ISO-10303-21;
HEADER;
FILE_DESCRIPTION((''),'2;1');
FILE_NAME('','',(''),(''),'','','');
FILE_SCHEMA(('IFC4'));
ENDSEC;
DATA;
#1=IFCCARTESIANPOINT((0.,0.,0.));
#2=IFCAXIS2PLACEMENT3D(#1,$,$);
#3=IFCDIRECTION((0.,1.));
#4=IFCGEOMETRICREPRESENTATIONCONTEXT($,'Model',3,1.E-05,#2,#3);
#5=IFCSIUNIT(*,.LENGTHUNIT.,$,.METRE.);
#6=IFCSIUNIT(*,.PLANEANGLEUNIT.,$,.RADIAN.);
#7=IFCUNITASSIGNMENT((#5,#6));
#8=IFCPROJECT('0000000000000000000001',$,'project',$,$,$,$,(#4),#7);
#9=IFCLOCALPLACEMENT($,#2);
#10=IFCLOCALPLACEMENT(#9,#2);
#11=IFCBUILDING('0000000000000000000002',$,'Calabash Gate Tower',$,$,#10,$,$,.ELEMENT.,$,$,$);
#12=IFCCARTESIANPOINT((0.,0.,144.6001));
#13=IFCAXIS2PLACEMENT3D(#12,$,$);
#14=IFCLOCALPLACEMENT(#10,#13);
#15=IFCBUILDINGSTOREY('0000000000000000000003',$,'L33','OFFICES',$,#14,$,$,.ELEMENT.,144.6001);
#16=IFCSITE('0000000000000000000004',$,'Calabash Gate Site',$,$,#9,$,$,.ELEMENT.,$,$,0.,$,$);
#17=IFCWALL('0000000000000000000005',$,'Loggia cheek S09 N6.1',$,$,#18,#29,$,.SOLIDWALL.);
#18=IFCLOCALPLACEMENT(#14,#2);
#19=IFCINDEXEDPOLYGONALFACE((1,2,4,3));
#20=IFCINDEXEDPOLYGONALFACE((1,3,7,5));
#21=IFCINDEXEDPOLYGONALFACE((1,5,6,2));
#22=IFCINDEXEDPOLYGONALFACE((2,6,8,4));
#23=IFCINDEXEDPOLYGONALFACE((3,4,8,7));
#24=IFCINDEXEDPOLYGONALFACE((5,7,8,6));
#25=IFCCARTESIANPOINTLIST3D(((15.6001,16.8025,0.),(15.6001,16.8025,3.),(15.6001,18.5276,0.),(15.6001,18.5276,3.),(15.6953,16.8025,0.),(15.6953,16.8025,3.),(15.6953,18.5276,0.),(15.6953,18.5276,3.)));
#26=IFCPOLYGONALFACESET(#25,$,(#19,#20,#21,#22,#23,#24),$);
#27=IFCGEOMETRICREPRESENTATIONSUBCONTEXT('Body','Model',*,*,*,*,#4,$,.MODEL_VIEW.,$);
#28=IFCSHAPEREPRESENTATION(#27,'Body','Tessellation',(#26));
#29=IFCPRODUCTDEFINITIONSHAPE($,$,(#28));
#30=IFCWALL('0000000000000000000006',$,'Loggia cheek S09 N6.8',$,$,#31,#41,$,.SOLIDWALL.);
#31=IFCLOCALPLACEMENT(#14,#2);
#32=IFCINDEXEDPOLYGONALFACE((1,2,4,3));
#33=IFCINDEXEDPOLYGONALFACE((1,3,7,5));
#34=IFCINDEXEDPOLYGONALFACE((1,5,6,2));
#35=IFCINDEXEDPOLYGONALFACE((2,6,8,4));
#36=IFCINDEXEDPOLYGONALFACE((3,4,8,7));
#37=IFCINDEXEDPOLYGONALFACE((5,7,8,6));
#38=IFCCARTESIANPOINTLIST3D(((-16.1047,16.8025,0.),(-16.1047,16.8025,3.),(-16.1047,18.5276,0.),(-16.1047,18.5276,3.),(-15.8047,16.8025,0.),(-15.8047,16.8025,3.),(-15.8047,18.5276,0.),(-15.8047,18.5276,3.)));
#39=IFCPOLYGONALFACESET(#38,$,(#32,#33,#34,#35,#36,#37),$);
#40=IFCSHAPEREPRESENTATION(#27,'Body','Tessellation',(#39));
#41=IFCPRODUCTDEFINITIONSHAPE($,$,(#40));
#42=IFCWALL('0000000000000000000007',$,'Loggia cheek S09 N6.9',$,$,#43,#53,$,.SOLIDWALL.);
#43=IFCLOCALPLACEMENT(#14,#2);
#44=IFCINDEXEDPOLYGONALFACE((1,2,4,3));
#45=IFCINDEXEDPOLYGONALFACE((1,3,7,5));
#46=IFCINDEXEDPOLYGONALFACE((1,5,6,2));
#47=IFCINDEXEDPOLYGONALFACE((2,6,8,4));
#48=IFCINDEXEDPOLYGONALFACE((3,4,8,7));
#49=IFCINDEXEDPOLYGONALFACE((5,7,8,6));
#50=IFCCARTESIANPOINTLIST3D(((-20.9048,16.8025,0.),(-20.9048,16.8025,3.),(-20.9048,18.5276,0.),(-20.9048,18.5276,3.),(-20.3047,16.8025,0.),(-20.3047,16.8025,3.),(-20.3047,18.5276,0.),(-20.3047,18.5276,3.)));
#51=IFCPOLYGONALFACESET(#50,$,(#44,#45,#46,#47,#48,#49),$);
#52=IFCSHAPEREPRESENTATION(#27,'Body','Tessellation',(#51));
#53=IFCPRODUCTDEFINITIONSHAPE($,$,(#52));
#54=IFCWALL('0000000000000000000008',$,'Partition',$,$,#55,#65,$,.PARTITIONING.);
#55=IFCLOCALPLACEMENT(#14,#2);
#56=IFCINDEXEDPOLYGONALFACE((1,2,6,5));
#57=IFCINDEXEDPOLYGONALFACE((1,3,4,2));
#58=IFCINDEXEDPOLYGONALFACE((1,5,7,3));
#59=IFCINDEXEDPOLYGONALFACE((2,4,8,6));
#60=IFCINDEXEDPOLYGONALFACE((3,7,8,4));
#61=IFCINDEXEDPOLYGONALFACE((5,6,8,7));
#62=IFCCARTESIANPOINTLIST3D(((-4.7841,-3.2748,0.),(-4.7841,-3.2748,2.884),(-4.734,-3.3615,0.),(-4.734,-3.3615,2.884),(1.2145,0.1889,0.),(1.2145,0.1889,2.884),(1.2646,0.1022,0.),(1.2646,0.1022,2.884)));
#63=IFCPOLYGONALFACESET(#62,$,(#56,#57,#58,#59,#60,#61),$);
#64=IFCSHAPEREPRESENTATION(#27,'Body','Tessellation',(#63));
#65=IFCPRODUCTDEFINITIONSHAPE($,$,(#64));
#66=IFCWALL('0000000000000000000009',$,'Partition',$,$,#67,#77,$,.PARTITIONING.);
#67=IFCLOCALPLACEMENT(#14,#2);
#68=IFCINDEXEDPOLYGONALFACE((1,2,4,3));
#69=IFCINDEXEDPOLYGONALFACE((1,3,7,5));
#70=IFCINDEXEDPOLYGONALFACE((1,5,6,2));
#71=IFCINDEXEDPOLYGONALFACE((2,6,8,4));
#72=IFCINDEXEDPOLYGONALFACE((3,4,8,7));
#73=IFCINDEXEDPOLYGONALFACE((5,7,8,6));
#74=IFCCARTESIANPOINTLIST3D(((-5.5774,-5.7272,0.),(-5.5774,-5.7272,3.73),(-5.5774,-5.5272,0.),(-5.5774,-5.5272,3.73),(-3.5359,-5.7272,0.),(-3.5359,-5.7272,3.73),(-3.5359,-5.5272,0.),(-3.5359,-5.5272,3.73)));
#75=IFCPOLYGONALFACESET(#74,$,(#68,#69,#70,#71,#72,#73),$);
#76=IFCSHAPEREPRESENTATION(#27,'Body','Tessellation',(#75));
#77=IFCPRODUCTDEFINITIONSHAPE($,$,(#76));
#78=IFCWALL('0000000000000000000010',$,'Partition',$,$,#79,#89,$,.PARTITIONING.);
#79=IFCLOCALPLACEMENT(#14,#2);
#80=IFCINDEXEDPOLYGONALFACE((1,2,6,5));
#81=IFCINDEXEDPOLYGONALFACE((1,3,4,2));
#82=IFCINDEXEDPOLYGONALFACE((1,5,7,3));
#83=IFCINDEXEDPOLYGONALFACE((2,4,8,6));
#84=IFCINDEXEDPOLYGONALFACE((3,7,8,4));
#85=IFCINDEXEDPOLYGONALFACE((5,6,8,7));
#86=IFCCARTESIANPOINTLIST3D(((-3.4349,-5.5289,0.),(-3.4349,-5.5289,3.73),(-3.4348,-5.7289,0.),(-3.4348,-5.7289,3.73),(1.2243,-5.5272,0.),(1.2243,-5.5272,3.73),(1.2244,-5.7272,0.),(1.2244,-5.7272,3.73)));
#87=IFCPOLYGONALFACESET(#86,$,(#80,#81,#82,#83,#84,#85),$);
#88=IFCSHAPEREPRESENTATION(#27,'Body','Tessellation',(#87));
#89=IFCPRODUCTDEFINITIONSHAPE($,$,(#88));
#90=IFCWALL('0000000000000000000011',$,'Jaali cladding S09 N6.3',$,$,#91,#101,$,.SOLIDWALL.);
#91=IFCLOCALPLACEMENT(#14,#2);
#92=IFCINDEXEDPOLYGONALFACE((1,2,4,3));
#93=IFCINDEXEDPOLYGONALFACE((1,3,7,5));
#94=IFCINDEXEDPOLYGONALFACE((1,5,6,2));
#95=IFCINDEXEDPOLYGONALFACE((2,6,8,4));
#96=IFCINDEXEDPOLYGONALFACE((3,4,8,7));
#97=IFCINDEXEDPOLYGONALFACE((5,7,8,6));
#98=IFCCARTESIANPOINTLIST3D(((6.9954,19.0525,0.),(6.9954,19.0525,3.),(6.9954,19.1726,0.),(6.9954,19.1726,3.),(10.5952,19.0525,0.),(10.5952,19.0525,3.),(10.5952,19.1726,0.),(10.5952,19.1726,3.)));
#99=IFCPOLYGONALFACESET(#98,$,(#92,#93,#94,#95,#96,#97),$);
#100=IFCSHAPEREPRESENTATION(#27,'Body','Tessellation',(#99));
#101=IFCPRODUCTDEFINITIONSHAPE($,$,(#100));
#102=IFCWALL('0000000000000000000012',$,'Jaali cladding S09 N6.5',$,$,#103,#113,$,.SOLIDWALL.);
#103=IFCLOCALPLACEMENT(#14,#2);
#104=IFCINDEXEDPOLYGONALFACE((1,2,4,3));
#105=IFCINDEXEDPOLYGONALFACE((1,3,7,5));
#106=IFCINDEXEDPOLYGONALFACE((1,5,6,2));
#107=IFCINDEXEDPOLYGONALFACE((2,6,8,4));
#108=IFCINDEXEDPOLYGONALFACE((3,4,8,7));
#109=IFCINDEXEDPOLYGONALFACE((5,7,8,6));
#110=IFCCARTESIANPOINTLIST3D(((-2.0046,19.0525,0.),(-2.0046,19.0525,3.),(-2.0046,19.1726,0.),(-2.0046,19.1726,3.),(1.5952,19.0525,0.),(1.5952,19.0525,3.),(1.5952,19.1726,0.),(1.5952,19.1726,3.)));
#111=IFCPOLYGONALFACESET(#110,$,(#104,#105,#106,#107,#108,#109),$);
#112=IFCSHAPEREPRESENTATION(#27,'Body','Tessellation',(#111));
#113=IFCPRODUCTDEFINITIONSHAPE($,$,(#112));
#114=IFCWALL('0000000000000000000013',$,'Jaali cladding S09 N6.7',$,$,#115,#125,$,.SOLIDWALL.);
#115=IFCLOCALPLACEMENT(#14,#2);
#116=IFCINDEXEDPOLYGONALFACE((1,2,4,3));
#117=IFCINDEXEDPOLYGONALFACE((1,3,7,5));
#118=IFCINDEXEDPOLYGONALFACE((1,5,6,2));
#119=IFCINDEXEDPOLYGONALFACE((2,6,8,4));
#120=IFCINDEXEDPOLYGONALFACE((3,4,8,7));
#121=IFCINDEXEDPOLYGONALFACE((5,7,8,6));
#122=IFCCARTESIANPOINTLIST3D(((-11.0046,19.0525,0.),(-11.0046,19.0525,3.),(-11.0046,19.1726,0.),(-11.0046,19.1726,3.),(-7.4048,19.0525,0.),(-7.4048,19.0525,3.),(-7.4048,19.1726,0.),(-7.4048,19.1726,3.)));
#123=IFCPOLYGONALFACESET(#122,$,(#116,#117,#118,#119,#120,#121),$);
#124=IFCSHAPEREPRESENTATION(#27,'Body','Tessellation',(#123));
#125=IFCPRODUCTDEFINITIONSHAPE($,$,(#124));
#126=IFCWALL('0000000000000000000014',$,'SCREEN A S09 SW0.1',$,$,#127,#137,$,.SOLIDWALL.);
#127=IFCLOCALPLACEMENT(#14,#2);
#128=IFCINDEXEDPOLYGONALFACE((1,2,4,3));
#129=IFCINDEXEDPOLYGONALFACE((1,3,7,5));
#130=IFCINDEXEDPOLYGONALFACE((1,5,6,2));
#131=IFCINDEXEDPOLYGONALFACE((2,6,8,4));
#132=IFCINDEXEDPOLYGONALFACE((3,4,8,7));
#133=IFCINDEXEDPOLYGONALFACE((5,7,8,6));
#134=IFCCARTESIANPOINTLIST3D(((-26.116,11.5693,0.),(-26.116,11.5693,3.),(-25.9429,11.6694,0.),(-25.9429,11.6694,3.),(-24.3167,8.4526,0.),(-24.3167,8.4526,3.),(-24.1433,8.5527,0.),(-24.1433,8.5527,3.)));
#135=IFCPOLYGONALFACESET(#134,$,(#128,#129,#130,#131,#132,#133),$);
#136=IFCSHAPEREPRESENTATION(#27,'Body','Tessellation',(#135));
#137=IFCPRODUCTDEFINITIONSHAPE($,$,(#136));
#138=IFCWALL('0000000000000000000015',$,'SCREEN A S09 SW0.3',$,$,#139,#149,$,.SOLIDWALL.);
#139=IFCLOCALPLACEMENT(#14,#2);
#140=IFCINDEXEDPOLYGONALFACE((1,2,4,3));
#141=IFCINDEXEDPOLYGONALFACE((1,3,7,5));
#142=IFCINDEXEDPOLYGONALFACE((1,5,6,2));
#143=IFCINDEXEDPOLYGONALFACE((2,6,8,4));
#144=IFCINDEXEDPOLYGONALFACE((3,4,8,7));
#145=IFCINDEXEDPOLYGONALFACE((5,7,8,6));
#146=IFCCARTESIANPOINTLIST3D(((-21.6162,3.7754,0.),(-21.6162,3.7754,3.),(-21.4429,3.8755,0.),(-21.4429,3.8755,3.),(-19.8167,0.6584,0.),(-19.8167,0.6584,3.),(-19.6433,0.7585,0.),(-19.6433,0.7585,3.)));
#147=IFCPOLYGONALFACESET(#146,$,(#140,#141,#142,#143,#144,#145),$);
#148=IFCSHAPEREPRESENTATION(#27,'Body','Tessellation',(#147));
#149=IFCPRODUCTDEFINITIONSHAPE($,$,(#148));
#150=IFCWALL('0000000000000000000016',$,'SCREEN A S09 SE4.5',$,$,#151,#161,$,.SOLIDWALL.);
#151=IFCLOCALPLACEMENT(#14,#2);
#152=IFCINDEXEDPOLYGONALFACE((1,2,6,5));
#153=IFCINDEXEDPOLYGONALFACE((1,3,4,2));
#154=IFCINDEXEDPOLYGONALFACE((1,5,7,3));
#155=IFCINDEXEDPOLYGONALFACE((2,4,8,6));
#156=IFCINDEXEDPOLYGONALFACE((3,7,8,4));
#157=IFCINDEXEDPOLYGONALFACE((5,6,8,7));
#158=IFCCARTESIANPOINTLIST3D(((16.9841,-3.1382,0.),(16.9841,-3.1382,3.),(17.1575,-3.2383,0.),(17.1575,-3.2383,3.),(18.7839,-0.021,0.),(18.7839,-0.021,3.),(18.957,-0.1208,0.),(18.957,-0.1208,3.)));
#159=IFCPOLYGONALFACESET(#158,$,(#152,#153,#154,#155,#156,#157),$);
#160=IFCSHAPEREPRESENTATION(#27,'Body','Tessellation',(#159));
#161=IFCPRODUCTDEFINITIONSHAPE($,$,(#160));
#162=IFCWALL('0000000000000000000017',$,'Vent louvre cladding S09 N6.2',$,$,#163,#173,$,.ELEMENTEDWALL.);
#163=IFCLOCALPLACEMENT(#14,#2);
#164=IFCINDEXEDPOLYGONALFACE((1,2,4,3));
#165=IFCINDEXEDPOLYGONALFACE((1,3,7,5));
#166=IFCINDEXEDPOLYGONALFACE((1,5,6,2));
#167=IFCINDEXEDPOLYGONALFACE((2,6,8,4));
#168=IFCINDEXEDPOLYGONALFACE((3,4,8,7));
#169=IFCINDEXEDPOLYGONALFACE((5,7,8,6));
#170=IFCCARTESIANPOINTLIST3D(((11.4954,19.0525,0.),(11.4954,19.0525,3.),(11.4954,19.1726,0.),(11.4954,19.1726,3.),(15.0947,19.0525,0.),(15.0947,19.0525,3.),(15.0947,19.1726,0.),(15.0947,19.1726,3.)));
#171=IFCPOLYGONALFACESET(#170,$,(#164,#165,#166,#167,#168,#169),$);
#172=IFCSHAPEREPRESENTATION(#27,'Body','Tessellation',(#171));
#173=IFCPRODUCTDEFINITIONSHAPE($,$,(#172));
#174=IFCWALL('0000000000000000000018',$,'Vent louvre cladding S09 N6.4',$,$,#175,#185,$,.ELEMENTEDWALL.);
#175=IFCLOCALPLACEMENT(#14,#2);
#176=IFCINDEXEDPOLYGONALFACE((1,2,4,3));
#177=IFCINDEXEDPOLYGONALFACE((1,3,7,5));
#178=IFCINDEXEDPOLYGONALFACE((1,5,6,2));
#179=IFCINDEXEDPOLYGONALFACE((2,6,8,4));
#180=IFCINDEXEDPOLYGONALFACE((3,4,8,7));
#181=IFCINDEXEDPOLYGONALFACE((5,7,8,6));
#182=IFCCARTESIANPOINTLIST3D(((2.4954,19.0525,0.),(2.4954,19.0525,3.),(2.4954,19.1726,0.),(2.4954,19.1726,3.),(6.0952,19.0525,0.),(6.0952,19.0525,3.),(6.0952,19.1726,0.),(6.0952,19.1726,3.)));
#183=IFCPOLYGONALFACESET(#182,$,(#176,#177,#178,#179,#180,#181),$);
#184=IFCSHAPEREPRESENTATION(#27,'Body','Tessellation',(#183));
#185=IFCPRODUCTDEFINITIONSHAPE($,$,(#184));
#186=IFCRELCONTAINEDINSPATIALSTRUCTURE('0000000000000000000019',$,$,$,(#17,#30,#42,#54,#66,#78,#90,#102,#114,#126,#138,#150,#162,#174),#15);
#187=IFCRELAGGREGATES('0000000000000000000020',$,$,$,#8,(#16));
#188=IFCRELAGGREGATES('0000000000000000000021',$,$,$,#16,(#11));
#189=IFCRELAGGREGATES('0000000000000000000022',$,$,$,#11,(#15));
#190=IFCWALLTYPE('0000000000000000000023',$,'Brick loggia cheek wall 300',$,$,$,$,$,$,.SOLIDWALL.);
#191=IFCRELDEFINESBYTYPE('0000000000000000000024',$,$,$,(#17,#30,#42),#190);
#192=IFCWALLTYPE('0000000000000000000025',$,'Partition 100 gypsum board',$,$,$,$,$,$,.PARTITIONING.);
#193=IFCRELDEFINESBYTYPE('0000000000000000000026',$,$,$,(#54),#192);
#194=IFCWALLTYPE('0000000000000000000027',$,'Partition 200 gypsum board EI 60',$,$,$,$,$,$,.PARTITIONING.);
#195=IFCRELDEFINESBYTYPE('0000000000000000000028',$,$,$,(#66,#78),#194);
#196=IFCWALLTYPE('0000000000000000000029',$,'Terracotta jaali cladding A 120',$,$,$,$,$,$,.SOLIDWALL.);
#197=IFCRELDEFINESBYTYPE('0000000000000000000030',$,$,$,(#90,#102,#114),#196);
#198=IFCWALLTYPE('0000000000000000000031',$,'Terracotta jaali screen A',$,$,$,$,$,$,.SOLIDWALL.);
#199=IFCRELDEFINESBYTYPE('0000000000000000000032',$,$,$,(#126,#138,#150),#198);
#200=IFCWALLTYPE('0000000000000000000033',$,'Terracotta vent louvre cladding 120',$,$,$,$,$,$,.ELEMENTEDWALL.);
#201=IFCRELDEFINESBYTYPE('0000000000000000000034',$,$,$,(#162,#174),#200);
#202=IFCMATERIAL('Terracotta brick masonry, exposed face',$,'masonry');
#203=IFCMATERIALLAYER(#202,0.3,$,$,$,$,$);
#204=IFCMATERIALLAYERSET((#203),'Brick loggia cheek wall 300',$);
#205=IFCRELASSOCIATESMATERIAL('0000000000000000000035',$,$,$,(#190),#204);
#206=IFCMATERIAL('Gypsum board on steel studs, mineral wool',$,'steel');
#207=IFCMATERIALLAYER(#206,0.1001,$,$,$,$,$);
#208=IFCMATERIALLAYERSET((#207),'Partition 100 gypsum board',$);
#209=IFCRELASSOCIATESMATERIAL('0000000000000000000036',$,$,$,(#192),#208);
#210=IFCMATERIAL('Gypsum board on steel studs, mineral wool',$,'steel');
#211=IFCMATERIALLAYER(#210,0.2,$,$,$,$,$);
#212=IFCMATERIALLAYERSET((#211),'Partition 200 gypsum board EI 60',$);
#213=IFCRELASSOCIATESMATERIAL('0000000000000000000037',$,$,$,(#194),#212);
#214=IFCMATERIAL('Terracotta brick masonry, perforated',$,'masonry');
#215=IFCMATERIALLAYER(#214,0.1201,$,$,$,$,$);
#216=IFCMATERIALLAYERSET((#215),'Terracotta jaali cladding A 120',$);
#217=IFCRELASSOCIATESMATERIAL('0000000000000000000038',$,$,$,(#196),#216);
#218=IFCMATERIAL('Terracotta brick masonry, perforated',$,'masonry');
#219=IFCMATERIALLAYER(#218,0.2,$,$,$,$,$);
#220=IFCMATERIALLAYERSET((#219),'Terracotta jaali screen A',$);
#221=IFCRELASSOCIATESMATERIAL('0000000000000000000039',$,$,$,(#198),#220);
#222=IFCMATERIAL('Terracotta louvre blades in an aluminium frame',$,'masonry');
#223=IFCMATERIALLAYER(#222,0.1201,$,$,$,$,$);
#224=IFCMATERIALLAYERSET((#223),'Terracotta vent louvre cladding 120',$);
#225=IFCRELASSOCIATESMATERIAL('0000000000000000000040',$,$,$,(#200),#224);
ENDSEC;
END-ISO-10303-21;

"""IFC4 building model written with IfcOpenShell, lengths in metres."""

from ifc_helpers import new_model, si_unit, direction, frame, frame_2d, origin, place, context, subcontext, project, spatial, polyline, rectangle, outline, extrude, material, layer, layer_set, type_object, element, save


model = new_model("IFC4")

# Units and contexts
model_context = context("Model", 3, precision=1e-05, world=origin(), true_north=direction((0.0, 1.0)))
body_context = subcontext(model_context, "Body", "Model", "MODEL_VIEW")
ifc_project = project(units=[si_unit("LENGTHUNIT", "METRE"), si_unit("PLANEANGLEUNIT", "RADIAN")], contexts=[model_context])

# Site, building, storey
site_placement = place(None, origin())
site = spatial("IfcSite", under=ifc_project, at=site_placement, Name="Calabash Gate Site", CompositionType="ELEMENT", RefElevation=0.0)
building_placement = place(site_placement, origin())
building = spatial("IfcBuilding", under=site, at=building_placement, Name="Calabash Gate Tower", CompositionType="ELEMENT")
storey_placement = place(building_placement, frame((0.0, 0.0, 144.6001)))
storey = spatial("IfcBuildingStorey", under=building, at=storey_placement, Name="L33", Description="OFFICES", CompositionType="ELEMENT", Elevation=144.6001)

# Walls
ifc_material_1 = material(Name="Terracotta brick masonry, exposed face", Category="masonry")
ifc_layer_1 = layer(ifc_material_1, 0.3)
ifc_layer_set_1 = layer_set([ifc_layer_1], Name="Brick loggia cheek wall 300")
wall_type_1 = type_object("IfcWallType", Name="Brick loggia cheek wall 300", PredefinedType="SOLIDWALL", material=ifc_layer_set_1)
wall_1_placement = place(storey_placement, origin())
element("IfcWall", 1, at=wall_1_placement, inside=storey, type_object=wall_type_1, Name="Loggia cheek S09 N6.1", PredefinedType="SOLIDWALL", context=body_context, shape_type="SweptSolid", body=[
    extrude(outline(polyline([(15.6953, 18.5276), (15.6001, 18.5276), (15.6001, 16.8025), (15.6953, 16.8025), (15.6953, 18.5276)])), origin(), (0.0, 0.0, 1.0), 3.0),
])
wall_2_placement = place(storey_placement, origin())
element("IfcWall", 2, at=wall_2_placement, inside=storey, type_object=wall_type_1, Name="Loggia cheek S09 N6.8", PredefinedType="SOLIDWALL", context=body_context, shape_type="SweptSolid", body=[
    extrude(outline(polyline([(-15.8047, 16.8025), (-15.8047, 18.5276), (-16.1047, 18.5276), (-16.1047, 16.8025), (-15.8047, 16.8025)])), origin(), (0.0, 0.0, 1.0), 3.0),
])
wall_3_placement = place(storey_placement, origin())
element("IfcWall", 3, at=wall_3_placement, inside=storey, type_object=wall_type_1, Name="Loggia cheek S09 N6.9", PredefinedType="SOLIDWALL", context=body_context, shape_type="SweptSolid", body=[
    extrude(outline(polyline([(-20.9048, 18.5276), (-20.9048, 16.8025), (-20.3047, 16.8025), (-20.3047, 18.5276), (-20.9048, 18.5276)])), origin(), (0.0, 0.0, 1.0), 3.0),
])
ifc_material_2 = material(Name="Gypsum board on steel studs, mineral wool", Category="steel")
ifc_layer_2 = layer(ifc_material_2, 0.1001)
ifc_layer_set_2 = layer_set([ifc_layer_2], Name="Partition 100 gypsum board")
wall_type_2 = type_object("IfcWallType", Name="Partition 100 gypsum board", PredefinedType="PARTITIONING", material=ifc_layer_set_2)
wall_4_placement = place(storey_placement, frame((-4.759, -3.3181, 0.0), z_axis=(0.0, 0.0, 1.0), x_axis=(0.866002, 0.50004, 0.0)))
element("IfcWall", 4, at=wall_4_placement, inside=storey, type_object=wall_type_2, Name="Partition", PredefinedType="PARTITIONING", context=body_context, shape_type="SweptSolid", body=[
    extrude(rectangle(XDim=6.9268, YDim=0.1001, at=frame_2d((3.4634, 0.0))), origin(), (0.0, 0.0, 1.0), 2.884),
])
ifc_material_3 = material(Name="Gypsum board on steel studs, mineral wool", Category="steel")
ifc_layer_3 = layer(ifc_material_3, 0.2)
ifc_layer_set_3 = layer_set([ifc_layer_3], Name="Partition 200 gypsum board EI 60")
wall_type_3 = type_object("IfcWallType", Name="Partition 200 gypsum board EI 60", PredefinedType="PARTITIONING", material=ifc_layer_set_3)
wall_5_placement = place(storey_placement, frame((-5.5774, -5.6272, 0.0), z_axis=(0.0, 0.0, 1.0), x_axis=(1.0, 0.0, 0.0)))
element("IfcWall", 5, at=wall_5_placement, inside=storey, type_object=wall_type_3, Name="Partition", PredefinedType="PARTITIONING", context=body_context, shape_type="SweptSolid", body=[
    extrude(rectangle(XDim=2.0415, YDim=0.2, at=frame_2d((1.0208, 0.0))), origin(), (0.0, 0.0, 1.0), 3.73),
])
wall_6_placement = place(storey_placement, frame((-3.4348, -5.6289, 0.0), z_axis=(0.0, 0.0, 1.0), x_axis=(1.0, 0.000367, 0.0)))
element("IfcWall", 6, at=wall_6_placement, inside=storey, type_object=wall_type_3, Name="Partition", PredefinedType="PARTITIONING", context=body_context, shape_type="SweptSolid", body=[
    extrude(rectangle(XDim=4.6592, YDim=0.2, at=frame_2d((2.3296, 0.0))), origin(), (0.0, 0.0, 1.0), 3.73),
])
ifc_material_4 = material(Name="Terracotta brick masonry, perforated", Category="masonry")
ifc_layer_4 = layer(ifc_material_4, 0.1201)
ifc_layer_set_4 = layer_set([ifc_layer_4], Name="Terracotta jaali cladding A 120")
wall_type_4 = type_object("IfcWallType", Name="Terracotta jaali cladding A 120", PredefinedType="SOLIDWALL", material=ifc_layer_set_4)
wall_7_placement = place(storey_placement, origin())
element("IfcWall", 7, at=wall_7_placement, inside=storey, type_object=wall_type_4, Name="Jaali cladding S09 N6.3", PredefinedType="SOLIDWALL", context=body_context, shape_type="SweptSolid", body=[
    extrude(outline(polyline([(6.9954, 19.1726), (6.9954, 19.0525), (10.5952, 19.0525), (10.5952, 19.1726), (6.9954, 19.1726)])), origin(), (0.0, 0.0, 1.0), 3.0),
])
wall_8_placement = place(storey_placement, origin())
element("IfcWall", 8, at=wall_8_placement, inside=storey, type_object=wall_type_4, Name="Jaali cladding S09 N6.5", PredefinedType="SOLIDWALL", context=body_context, shape_type="SweptSolid", body=[
    extrude(outline(polyline([(-2.0046, 19.1726), (-2.0046, 19.0525), (1.5952, 19.0525), (1.5952, 19.1726), (-2.0046, 19.1726)])), origin(), (0.0, 0.0, 1.0), 3.0),
])
wall_9_placement = place(storey_placement, origin())
element("IfcWall", 9, at=wall_9_placement, inside=storey, type_object=wall_type_4, Name="Jaali cladding S09 N6.7", PredefinedType="SOLIDWALL", context=body_context, shape_type="SweptSolid", body=[
    extrude(outline(polyline([(-11.0046, 19.1726), (-11.0046, 19.0525), (-7.4048, 19.0525), (-7.4048, 19.1726), (-11.0046, 19.1726)])), origin(), (0.0, 0.0, 1.0), 3.0),
])
ifc_material_5 = material(Name="Terracotta brick masonry, perforated", Category="masonry")
ifc_layer_5 = layer(ifc_material_5, 0.2)
ifc_layer_set_5 = layer_set([ifc_layer_5], Name="Terracotta jaali screen A")
wall_type_5 = type_object("IfcWallType", Name="Terracotta jaali screen A", PredefinedType="SOLIDWALL", material=ifc_layer_set_5)
wall_10_placement = place(storey_placement, origin())
element("IfcWall", 10, at=wall_10_placement, inside=storey, type_object=wall_type_5, Name="SCREEN A S09 SW0.1", PredefinedType="SOLIDWALL", context=body_context, shape_type="SweptSolid", body=[
    extrude(outline(polyline([(-24.1433, 8.5527), (-25.9429, 11.6694), (-26.116, 11.5693), (-24.3167, 8.4526), (-24.1433, 8.5527)])), origin(), (0.0, 0.0, 1.0), 3.0),
])
wall_11_placement = place(storey_placement, origin())
element("IfcWall", 11, at=wall_11_placement, inside=storey, type_object=wall_type_5, Name="SCREEN A S09 SW0.3", PredefinedType="SOLIDWALL", context=body_context, shape_type="SweptSolid", body=[
    extrude(outline(polyline([(-19.6433, 0.7585), (-21.4429, 3.8755), (-21.6162, 3.7754), (-19.8167, 0.6584), (-19.6433, 0.7585)])), origin(), (0.0, 0.0, 1.0), 3.0),
])
wall_12_placement = place(storey_placement, origin())
element("IfcWall", 12, at=wall_12_placement, inside=storey, type_object=wall_type_5, Name="SCREEN A S09 SE4.5", PredefinedType="SOLIDWALL", context=body_context, shape_type="SweptSolid", body=[
    extrude(outline(polyline([(18.7839, -0.021), (16.9841, -3.1382), (17.1575, -3.2383), (18.957, -0.1208), (18.7839, -0.021)])), origin(), (0.0, 0.0, 1.0), 3.0),
])
ifc_material_6 = material(Name="Terracotta louvre blades in an aluminium frame", Category="masonry")
ifc_layer_6 = layer(ifc_material_6, 0.1201)
ifc_layer_set_6 = layer_set([ifc_layer_6], Name="Terracotta vent louvre cladding 120")
wall_type_6 = type_object("IfcWallType", Name="Terracotta vent louvre cladding 120", PredefinedType="ELEMENTEDWALL", material=ifc_layer_set_6)
wall_13_placement = place(storey_placement, origin())
element("IfcWall", 13, at=wall_13_placement, inside=storey, type_object=wall_type_6, Name="Vent louvre cladding S09 N6.2", PredefinedType="ELEMENTEDWALL", context=body_context, shape_type="SweptSolid", body=[
    extrude(outline(polyline([(11.4954, 19.1726), (11.4954, 19.0525), (15.0947, 19.0525), (15.0947, 19.1726), (11.4954, 19.1726)])), origin(), (0.0, 0.0, 1.0), 3.0),
])
wall_14_placement = place(storey_placement, origin())
element("IfcWall", 14, at=wall_14_placement, inside=storey, type_object=wall_type_6, Name="Vent louvre cladding S09 N6.4", PredefinedType="ELEMENTEDWALL", context=body_context, shape_type="SweptSolid", body=[
    extrude(outline(polyline([(2.4954, 19.1726), (2.4954, 19.0525), (6.0952, 19.0525), (6.0952, 19.1726), (2.4954, 19.1726)])), origin(), (0.0, 0.0, 1.0), 3.0),
])

save(model, "model.ifc")
